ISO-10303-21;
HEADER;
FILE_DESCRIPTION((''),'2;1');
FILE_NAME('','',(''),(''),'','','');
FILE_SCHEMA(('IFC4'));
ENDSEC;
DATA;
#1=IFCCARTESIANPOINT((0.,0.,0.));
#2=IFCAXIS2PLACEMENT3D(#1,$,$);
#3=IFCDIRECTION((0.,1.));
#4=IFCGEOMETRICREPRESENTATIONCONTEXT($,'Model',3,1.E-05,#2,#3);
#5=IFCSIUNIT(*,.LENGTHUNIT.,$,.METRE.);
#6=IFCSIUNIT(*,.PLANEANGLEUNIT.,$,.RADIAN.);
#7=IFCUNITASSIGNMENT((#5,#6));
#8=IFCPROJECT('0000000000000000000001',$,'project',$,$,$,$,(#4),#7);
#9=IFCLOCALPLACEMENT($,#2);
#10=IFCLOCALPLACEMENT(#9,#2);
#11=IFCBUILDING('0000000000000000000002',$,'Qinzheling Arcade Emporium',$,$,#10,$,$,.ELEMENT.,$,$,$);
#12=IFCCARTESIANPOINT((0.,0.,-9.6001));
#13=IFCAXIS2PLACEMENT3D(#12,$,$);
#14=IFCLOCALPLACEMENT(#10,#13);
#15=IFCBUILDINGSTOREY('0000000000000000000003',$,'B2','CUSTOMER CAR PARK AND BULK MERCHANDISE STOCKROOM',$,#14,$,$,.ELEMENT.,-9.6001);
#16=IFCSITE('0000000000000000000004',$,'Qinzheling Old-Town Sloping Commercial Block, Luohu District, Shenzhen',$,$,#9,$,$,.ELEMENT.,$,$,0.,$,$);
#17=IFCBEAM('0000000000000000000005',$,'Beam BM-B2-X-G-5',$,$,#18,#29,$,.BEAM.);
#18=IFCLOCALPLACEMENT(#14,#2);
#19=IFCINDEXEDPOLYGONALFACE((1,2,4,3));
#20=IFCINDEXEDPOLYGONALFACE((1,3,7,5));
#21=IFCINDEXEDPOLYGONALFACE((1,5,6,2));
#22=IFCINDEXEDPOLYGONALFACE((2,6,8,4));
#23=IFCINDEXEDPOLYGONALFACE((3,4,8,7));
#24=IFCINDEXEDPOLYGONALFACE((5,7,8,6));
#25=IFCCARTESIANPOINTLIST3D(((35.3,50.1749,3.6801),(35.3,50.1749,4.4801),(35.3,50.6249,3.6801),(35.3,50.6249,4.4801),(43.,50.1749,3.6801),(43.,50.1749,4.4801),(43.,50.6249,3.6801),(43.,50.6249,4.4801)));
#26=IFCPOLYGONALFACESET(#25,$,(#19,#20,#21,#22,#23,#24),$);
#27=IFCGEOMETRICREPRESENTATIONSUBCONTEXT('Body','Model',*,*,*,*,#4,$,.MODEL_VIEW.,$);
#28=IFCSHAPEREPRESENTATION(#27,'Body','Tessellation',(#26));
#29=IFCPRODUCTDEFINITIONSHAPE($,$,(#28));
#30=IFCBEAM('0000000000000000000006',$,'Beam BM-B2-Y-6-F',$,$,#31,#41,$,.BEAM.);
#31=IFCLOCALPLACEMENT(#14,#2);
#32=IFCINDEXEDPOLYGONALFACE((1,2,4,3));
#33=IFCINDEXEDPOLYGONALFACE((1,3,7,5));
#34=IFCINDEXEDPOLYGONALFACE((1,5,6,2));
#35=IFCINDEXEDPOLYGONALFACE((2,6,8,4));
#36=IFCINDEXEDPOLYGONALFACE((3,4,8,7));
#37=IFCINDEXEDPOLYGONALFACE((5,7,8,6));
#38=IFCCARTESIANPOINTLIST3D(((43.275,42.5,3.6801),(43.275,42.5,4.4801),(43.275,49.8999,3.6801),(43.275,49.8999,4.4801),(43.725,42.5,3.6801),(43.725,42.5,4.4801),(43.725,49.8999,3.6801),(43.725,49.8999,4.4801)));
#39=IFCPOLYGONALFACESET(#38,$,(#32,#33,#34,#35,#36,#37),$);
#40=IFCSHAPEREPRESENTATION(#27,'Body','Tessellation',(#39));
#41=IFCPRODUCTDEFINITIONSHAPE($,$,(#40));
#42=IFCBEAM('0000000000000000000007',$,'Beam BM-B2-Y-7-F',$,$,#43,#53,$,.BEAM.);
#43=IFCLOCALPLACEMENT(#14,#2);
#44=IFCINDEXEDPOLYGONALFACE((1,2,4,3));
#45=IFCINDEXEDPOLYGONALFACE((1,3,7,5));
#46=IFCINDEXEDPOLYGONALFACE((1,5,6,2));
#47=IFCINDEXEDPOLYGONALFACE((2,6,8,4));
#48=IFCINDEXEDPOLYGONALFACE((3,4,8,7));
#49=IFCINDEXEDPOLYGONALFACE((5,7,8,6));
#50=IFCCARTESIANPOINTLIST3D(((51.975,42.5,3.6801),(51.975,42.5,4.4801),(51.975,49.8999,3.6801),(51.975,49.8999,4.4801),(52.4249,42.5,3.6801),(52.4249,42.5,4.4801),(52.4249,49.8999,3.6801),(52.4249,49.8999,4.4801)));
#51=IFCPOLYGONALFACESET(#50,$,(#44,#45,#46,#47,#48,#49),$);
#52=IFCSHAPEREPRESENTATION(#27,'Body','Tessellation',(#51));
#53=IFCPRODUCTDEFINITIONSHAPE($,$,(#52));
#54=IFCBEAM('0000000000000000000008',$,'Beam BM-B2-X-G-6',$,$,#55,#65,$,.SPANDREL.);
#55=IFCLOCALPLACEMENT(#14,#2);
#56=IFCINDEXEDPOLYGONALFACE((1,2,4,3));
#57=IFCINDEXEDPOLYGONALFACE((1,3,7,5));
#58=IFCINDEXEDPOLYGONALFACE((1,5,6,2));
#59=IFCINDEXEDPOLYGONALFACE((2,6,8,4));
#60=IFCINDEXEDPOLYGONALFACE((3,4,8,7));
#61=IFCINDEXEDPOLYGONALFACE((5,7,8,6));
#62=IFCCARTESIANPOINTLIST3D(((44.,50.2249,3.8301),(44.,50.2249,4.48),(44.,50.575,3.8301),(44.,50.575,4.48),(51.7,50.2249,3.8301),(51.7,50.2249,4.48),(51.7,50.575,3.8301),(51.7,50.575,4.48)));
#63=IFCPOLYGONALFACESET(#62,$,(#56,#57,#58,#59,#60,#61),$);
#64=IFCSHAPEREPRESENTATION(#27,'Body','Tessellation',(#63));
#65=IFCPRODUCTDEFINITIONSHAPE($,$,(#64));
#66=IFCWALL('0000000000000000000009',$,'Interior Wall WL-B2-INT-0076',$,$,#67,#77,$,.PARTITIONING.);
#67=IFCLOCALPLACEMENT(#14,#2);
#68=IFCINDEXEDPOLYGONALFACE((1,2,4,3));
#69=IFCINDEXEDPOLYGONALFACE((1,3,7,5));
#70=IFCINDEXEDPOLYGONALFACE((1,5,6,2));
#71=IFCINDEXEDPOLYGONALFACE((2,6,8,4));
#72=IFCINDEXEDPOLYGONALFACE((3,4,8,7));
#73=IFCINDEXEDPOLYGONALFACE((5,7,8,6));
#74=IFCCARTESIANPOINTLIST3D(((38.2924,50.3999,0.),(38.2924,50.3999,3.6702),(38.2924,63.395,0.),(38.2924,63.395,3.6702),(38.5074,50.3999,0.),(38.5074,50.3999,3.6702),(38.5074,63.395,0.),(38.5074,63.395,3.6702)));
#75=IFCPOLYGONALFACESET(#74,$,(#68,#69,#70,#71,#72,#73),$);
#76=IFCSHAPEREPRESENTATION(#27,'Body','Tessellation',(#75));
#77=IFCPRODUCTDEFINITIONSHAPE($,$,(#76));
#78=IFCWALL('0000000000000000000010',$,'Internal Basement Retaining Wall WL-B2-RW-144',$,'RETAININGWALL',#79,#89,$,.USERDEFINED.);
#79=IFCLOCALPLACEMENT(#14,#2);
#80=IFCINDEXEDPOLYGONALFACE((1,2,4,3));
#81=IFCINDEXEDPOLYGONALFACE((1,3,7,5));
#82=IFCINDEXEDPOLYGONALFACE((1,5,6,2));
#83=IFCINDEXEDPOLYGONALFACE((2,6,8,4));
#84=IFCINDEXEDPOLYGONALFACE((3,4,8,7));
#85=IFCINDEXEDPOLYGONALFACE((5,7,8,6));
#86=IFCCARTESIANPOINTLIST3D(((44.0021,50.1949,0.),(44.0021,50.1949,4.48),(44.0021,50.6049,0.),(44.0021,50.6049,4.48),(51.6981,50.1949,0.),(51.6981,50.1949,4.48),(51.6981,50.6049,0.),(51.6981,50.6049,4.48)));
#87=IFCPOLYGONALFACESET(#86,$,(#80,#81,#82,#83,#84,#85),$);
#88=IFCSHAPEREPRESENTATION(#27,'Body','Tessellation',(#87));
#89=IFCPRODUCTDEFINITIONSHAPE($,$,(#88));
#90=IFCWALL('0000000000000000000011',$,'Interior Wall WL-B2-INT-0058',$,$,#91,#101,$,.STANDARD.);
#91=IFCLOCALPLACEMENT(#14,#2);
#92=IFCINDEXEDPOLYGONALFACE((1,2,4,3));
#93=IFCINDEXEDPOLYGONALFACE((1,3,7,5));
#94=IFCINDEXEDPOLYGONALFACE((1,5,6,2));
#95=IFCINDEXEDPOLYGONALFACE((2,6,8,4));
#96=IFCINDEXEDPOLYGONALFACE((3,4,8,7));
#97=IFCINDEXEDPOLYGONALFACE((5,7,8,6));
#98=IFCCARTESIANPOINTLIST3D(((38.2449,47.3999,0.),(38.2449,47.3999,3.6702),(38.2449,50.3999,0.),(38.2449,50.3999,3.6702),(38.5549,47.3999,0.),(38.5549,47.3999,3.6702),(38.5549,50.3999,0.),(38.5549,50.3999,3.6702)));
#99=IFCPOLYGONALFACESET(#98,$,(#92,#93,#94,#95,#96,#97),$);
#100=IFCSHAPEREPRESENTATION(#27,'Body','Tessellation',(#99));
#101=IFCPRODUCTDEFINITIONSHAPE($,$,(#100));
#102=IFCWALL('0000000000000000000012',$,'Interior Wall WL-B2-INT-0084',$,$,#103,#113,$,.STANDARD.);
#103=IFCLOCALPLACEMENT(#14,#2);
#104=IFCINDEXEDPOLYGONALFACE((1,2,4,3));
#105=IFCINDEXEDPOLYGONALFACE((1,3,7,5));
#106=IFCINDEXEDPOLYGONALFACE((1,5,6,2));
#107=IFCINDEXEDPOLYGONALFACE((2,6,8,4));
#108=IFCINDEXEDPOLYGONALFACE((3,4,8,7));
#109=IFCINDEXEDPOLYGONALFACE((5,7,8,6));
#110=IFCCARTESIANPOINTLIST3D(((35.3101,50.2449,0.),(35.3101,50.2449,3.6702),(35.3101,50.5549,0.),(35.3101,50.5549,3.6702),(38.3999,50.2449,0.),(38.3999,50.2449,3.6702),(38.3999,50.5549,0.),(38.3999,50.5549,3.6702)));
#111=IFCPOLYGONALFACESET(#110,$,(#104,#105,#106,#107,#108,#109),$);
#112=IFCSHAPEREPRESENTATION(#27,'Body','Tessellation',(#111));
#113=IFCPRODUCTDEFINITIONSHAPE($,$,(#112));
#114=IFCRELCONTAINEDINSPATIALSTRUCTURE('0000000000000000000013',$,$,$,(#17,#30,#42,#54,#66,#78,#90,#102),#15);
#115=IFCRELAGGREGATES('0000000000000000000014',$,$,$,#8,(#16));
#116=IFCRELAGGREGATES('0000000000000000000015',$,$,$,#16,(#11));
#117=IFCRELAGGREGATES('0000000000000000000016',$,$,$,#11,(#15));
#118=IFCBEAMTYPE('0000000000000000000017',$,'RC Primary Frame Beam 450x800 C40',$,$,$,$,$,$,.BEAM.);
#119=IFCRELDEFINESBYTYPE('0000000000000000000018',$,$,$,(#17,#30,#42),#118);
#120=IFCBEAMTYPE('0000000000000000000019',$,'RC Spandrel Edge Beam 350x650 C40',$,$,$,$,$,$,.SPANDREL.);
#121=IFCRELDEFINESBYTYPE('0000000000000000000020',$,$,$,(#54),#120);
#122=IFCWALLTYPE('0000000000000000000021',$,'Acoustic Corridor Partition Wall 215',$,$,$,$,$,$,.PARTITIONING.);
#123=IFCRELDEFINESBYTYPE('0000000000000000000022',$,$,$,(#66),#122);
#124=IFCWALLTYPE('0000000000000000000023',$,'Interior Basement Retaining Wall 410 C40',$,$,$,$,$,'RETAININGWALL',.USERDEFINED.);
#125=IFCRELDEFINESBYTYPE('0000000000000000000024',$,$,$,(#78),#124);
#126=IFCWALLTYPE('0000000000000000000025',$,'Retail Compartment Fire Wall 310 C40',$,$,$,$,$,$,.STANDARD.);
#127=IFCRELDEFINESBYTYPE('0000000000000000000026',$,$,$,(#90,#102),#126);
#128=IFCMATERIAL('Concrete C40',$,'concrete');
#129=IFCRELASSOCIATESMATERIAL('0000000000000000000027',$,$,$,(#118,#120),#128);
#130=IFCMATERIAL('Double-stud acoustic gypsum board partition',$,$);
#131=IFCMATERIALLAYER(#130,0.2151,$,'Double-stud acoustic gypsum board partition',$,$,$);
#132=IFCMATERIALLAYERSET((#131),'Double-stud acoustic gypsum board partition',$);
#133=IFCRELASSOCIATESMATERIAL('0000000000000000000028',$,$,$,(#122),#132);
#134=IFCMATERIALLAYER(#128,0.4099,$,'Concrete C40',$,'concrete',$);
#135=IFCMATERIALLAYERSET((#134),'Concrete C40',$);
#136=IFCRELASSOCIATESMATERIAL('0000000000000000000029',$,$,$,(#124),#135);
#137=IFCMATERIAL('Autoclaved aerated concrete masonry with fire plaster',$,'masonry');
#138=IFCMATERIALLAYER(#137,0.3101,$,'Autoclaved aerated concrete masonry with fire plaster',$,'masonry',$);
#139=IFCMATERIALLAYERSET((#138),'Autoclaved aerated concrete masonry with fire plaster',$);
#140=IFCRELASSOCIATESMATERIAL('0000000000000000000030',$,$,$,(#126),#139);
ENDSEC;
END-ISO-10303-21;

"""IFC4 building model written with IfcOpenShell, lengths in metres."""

from ifc_helpers import new_model, si_unit, direction, frame, frame_2d, origin, origin_2d, place, context, subcontext, project, spatial, rectangle, extrude, material, layer, layer_set, material_profile, profile_set, type_object, element, save


model = new_model("IFC4")

# Units and contexts
model_context = context("Model", 3, precision=1e-05, world=origin(), true_north=direction((0.0, 1.0)))
body_context = subcontext(model_context, "Body", "Model", "MODEL_VIEW")
ifc_project = project(units=[si_unit("LENGTHUNIT", "METRE"), si_unit("PLANEANGLEUNIT", "RADIAN")], contexts=[model_context])

# Site, building, storey
site_placement = place(None, origin())
site = spatial("IfcSite", under=ifc_project, at=site_placement, Name="Qinzheling Old-Town Sloping Commercial Block, Luohu District, Shenzhen", CompositionType="ELEMENT", RefElevation=0.0)
building_placement = place(site_placement, origin())
building = spatial("IfcBuilding", under=site, at=building_placement, Name="Qinzheling Arcade Emporium", CompositionType="ELEMENT")
storey_placement = place(building_placement, frame((0.0, 0.0, -9.6001)))
storey = spatial("IfcBuildingStorey", under=building, at=storey_placement, Name="B2", Description="CUSTOMER CAR PARK AND BULK MERCHANDISE STOCKROOM", CompositionType="ELEMENT", Elevation=-9.6001)

# Shared definitions
ifc_material_1 = material(Name="Concrete C40", Category="concrete")

# Beams
ifc_material_profile_1 = material_profile(ifc_material_1, rectangle(XDim=0.45, YDim=0.8, at=origin_2d()), Name="RC 450x800", Category="concrete")
ifc_profile_set_1 = profile_set([ifc_material_profile_1], Name="Concrete C40")
beam_type_1 = type_object("IfcBeamType", Name="RC Primary Frame Beam 450x800 C40", PredefinedType="BEAM", material=ifc_profile_set_1)
for number, where, z_axis, x_axis, name in (
    (1, (35.3, 50.3999, 4.0801), (1.0, 0.0, 0.0), (0.0, 1.0, 0.0), "Beam BM-B2-X-G-5"),
):
    element("IfcBeam", number, at=place(storey_placement, frame(where, z_axis=z_axis, x_axis=x_axis)), inside=storey, type_object=beam_type_1, Name=name, PredefinedType="BEAM", context=body_context, shape_type="SweptSolid", body=[
        extrude(rectangle(XDim=0.45, YDim=0.8, at=origin_2d()), origin(), (0.0, 0.0, 1.0), 7.7),
    ])
for number, where, z_axis, x_axis, name in (
    (2, (43.5, 42.5, 4.0801), (0.0, 1.0, 0.0), (-1.0, 0.0, 0.0), "Beam BM-B2-Y-6-F"),
    (3, (52.2, 42.5, 4.0801), (0.0, 1.0, 0.0), (-1.0, 0.0, 0.0), "Beam BM-B2-Y-7-F"),
):
    element("IfcBeam", number, at=place(storey_placement, frame(where, z_axis=z_axis, x_axis=x_axis)), inside=storey, type_object=beam_type_1, Name=name, PredefinedType="BEAM", context=body_context, shape_type="SweptSolid", body=[
        extrude(rectangle(XDim=0.45, YDim=0.8, at=origin_2d()), origin(), (0.0, 0.0, 1.0), 7.3999),
    ])
ifc_material_profile_2 = material_profile(ifc_material_1, rectangle(XDim=0.3501, YDim=0.6499, at=origin_2d()), Name="RC 350x650", Category="concrete")
ifc_profile_set_2 = profile_set([ifc_material_profile_2], Name="Concrete C40")
beam_type_2 = type_object("IfcBeamType", Name="RC Spandrel Edge Beam 350x650 C40", PredefinedType="SPANDREL", material=ifc_profile_set_2)
beam_placement = place(storey_placement, frame((44.0, 50.3999, 4.155), z_axis=(1.0, 0.0, 0.0), x_axis=(0.0, 1.0, 0.0)))
element("IfcBeam", 4, at=beam_placement, inside=storey, type_object=beam_type_2, Name="Beam BM-B2-X-G-6", PredefinedType="SPANDREL", context=body_context, shape_type="SweptSolid", body=[
    extrude(rectangle(XDim=0.3501, YDim=0.6499, at=origin_2d()), origin(), (0.0, 0.0, 1.0), 7.7),
])

# Walls
ifc_material_2 = material(Name="Double-stud acoustic gypsum board partition")
ifc_layer_1 = layer(ifc_material_2, 0.2151, Name="Double-stud acoustic gypsum board partition")
ifc_layer_set_1 = layer_set([ifc_layer_1], Name="Double-stud acoustic gypsum board partition")
wall_type_1 = type_object("IfcWallType", Name="Acoustic Corridor Partition Wall 215", PredefinedType="PARTITIONING", material=ifc_layer_set_1)
wall_1_placement = place(storey_placement, frame((38.3999, 50.3999, 0.0), z_axis=(0.0, 0.0, 1.0), x_axis=(0.0, 1.0, 0.0)))
element("IfcWall", 5, at=wall_1_placement, inside=storey, type_object=wall_type_1, Name="Interior Wall WL-B2-INT-0076", PredefinedType="PARTITIONING", context=body_context, shape_type="SweptSolid", body=[
    extrude(rectangle(XDim=12.9951, YDim=0.2151, at=frame_2d((6.4976, 0.0))), origin(), (0.0, 0.0, 1.0), 3.6702),
])
ifc_layer_2 = layer(ifc_material_1, 0.4099, Name="Concrete C40", Category="concrete")
ifc_layer_set_2 = layer_set([ifc_layer_2], Name="Concrete C40")
wall_type_2 = type_object("IfcWallType", Name="Interior Basement Retaining Wall 410 C40", ElementType="RETAININGWALL", PredefinedType="USERDEFINED", material=ifc_layer_set_2)
wall_2_placement = place(storey_placement, frame((44.002, 50.3999, 0.0), z_axis=(0.0, 0.0, 1.0), x_axis=(1.0, 0.0, 0.0)))
element("IfcWall", 6, at=wall_2_placement, inside=storey, type_object=wall_type_2, Name="Internal Basement Retaining Wall WL-B2-RW-144", ObjectType="RETAININGWALL", PredefinedType="USERDEFINED", context=body_context, shape_type="SweptSolid", body=[
    extrude(rectangle(XDim=7.696, YDim=0.4099, at=frame_2d((3.8481, 0.0))), origin(), (0.0, 0.0, 1.0), 4.48),
])
ifc_material_3 = material(Name="Autoclaved aerated concrete masonry with fire plaster", Category="masonry")
ifc_layer_3 = layer(ifc_material_3, 0.3101, Name="Autoclaved aerated concrete masonry with fire plaster", Category="masonry")
ifc_layer_set_3 = layer_set([ifc_layer_3], Name="Autoclaved aerated concrete masonry with fire plaster")
wall_type_3 = type_object("IfcWallType", Name="Retail Compartment Fire Wall 310 C40", PredefinedType="STANDARD", material=ifc_layer_set_3)
wall_3_placement = place(storey_placement, frame((38.3999, 47.3999, 0.0), z_axis=(0.0, 0.0, 1.0), x_axis=(0.0, 1.0, 0.0)))
element("IfcWall", 7, at=wall_3_placement, inside=storey, type_object=wall_type_3, Name="Interior Wall WL-B2-INT-0058", PredefinedType="STANDARD", context=body_context, shape_type="SweptSolid", body=[
    extrude(rectangle(XDim=3.0, YDim=0.3101, at=frame_2d((1.5, 0.0))), origin(), (0.0, 0.0, 1.0), 3.6702),
])
wall_4_placement = place(storey_placement, frame((35.3101, 50.3999, 0.0), z_axis=(0.0, 0.0, 1.0), x_axis=(1.0, 0.0, 0.0)))
element("IfcWall", 8, at=wall_4_placement, inside=storey, type_object=wall_type_3, Name="Interior Wall WL-B2-INT-0084", PredefinedType="STANDARD", context=body_context, shape_type="SweptSolid", body=[
    extrude(rectangle(XDim=3.0898, YDim=0.3101, at=frame_2d((1.5449, 0.0))), origin(), (0.0, 0.0, 1.0), 3.6702),
])

save(model, "model.ifc")
